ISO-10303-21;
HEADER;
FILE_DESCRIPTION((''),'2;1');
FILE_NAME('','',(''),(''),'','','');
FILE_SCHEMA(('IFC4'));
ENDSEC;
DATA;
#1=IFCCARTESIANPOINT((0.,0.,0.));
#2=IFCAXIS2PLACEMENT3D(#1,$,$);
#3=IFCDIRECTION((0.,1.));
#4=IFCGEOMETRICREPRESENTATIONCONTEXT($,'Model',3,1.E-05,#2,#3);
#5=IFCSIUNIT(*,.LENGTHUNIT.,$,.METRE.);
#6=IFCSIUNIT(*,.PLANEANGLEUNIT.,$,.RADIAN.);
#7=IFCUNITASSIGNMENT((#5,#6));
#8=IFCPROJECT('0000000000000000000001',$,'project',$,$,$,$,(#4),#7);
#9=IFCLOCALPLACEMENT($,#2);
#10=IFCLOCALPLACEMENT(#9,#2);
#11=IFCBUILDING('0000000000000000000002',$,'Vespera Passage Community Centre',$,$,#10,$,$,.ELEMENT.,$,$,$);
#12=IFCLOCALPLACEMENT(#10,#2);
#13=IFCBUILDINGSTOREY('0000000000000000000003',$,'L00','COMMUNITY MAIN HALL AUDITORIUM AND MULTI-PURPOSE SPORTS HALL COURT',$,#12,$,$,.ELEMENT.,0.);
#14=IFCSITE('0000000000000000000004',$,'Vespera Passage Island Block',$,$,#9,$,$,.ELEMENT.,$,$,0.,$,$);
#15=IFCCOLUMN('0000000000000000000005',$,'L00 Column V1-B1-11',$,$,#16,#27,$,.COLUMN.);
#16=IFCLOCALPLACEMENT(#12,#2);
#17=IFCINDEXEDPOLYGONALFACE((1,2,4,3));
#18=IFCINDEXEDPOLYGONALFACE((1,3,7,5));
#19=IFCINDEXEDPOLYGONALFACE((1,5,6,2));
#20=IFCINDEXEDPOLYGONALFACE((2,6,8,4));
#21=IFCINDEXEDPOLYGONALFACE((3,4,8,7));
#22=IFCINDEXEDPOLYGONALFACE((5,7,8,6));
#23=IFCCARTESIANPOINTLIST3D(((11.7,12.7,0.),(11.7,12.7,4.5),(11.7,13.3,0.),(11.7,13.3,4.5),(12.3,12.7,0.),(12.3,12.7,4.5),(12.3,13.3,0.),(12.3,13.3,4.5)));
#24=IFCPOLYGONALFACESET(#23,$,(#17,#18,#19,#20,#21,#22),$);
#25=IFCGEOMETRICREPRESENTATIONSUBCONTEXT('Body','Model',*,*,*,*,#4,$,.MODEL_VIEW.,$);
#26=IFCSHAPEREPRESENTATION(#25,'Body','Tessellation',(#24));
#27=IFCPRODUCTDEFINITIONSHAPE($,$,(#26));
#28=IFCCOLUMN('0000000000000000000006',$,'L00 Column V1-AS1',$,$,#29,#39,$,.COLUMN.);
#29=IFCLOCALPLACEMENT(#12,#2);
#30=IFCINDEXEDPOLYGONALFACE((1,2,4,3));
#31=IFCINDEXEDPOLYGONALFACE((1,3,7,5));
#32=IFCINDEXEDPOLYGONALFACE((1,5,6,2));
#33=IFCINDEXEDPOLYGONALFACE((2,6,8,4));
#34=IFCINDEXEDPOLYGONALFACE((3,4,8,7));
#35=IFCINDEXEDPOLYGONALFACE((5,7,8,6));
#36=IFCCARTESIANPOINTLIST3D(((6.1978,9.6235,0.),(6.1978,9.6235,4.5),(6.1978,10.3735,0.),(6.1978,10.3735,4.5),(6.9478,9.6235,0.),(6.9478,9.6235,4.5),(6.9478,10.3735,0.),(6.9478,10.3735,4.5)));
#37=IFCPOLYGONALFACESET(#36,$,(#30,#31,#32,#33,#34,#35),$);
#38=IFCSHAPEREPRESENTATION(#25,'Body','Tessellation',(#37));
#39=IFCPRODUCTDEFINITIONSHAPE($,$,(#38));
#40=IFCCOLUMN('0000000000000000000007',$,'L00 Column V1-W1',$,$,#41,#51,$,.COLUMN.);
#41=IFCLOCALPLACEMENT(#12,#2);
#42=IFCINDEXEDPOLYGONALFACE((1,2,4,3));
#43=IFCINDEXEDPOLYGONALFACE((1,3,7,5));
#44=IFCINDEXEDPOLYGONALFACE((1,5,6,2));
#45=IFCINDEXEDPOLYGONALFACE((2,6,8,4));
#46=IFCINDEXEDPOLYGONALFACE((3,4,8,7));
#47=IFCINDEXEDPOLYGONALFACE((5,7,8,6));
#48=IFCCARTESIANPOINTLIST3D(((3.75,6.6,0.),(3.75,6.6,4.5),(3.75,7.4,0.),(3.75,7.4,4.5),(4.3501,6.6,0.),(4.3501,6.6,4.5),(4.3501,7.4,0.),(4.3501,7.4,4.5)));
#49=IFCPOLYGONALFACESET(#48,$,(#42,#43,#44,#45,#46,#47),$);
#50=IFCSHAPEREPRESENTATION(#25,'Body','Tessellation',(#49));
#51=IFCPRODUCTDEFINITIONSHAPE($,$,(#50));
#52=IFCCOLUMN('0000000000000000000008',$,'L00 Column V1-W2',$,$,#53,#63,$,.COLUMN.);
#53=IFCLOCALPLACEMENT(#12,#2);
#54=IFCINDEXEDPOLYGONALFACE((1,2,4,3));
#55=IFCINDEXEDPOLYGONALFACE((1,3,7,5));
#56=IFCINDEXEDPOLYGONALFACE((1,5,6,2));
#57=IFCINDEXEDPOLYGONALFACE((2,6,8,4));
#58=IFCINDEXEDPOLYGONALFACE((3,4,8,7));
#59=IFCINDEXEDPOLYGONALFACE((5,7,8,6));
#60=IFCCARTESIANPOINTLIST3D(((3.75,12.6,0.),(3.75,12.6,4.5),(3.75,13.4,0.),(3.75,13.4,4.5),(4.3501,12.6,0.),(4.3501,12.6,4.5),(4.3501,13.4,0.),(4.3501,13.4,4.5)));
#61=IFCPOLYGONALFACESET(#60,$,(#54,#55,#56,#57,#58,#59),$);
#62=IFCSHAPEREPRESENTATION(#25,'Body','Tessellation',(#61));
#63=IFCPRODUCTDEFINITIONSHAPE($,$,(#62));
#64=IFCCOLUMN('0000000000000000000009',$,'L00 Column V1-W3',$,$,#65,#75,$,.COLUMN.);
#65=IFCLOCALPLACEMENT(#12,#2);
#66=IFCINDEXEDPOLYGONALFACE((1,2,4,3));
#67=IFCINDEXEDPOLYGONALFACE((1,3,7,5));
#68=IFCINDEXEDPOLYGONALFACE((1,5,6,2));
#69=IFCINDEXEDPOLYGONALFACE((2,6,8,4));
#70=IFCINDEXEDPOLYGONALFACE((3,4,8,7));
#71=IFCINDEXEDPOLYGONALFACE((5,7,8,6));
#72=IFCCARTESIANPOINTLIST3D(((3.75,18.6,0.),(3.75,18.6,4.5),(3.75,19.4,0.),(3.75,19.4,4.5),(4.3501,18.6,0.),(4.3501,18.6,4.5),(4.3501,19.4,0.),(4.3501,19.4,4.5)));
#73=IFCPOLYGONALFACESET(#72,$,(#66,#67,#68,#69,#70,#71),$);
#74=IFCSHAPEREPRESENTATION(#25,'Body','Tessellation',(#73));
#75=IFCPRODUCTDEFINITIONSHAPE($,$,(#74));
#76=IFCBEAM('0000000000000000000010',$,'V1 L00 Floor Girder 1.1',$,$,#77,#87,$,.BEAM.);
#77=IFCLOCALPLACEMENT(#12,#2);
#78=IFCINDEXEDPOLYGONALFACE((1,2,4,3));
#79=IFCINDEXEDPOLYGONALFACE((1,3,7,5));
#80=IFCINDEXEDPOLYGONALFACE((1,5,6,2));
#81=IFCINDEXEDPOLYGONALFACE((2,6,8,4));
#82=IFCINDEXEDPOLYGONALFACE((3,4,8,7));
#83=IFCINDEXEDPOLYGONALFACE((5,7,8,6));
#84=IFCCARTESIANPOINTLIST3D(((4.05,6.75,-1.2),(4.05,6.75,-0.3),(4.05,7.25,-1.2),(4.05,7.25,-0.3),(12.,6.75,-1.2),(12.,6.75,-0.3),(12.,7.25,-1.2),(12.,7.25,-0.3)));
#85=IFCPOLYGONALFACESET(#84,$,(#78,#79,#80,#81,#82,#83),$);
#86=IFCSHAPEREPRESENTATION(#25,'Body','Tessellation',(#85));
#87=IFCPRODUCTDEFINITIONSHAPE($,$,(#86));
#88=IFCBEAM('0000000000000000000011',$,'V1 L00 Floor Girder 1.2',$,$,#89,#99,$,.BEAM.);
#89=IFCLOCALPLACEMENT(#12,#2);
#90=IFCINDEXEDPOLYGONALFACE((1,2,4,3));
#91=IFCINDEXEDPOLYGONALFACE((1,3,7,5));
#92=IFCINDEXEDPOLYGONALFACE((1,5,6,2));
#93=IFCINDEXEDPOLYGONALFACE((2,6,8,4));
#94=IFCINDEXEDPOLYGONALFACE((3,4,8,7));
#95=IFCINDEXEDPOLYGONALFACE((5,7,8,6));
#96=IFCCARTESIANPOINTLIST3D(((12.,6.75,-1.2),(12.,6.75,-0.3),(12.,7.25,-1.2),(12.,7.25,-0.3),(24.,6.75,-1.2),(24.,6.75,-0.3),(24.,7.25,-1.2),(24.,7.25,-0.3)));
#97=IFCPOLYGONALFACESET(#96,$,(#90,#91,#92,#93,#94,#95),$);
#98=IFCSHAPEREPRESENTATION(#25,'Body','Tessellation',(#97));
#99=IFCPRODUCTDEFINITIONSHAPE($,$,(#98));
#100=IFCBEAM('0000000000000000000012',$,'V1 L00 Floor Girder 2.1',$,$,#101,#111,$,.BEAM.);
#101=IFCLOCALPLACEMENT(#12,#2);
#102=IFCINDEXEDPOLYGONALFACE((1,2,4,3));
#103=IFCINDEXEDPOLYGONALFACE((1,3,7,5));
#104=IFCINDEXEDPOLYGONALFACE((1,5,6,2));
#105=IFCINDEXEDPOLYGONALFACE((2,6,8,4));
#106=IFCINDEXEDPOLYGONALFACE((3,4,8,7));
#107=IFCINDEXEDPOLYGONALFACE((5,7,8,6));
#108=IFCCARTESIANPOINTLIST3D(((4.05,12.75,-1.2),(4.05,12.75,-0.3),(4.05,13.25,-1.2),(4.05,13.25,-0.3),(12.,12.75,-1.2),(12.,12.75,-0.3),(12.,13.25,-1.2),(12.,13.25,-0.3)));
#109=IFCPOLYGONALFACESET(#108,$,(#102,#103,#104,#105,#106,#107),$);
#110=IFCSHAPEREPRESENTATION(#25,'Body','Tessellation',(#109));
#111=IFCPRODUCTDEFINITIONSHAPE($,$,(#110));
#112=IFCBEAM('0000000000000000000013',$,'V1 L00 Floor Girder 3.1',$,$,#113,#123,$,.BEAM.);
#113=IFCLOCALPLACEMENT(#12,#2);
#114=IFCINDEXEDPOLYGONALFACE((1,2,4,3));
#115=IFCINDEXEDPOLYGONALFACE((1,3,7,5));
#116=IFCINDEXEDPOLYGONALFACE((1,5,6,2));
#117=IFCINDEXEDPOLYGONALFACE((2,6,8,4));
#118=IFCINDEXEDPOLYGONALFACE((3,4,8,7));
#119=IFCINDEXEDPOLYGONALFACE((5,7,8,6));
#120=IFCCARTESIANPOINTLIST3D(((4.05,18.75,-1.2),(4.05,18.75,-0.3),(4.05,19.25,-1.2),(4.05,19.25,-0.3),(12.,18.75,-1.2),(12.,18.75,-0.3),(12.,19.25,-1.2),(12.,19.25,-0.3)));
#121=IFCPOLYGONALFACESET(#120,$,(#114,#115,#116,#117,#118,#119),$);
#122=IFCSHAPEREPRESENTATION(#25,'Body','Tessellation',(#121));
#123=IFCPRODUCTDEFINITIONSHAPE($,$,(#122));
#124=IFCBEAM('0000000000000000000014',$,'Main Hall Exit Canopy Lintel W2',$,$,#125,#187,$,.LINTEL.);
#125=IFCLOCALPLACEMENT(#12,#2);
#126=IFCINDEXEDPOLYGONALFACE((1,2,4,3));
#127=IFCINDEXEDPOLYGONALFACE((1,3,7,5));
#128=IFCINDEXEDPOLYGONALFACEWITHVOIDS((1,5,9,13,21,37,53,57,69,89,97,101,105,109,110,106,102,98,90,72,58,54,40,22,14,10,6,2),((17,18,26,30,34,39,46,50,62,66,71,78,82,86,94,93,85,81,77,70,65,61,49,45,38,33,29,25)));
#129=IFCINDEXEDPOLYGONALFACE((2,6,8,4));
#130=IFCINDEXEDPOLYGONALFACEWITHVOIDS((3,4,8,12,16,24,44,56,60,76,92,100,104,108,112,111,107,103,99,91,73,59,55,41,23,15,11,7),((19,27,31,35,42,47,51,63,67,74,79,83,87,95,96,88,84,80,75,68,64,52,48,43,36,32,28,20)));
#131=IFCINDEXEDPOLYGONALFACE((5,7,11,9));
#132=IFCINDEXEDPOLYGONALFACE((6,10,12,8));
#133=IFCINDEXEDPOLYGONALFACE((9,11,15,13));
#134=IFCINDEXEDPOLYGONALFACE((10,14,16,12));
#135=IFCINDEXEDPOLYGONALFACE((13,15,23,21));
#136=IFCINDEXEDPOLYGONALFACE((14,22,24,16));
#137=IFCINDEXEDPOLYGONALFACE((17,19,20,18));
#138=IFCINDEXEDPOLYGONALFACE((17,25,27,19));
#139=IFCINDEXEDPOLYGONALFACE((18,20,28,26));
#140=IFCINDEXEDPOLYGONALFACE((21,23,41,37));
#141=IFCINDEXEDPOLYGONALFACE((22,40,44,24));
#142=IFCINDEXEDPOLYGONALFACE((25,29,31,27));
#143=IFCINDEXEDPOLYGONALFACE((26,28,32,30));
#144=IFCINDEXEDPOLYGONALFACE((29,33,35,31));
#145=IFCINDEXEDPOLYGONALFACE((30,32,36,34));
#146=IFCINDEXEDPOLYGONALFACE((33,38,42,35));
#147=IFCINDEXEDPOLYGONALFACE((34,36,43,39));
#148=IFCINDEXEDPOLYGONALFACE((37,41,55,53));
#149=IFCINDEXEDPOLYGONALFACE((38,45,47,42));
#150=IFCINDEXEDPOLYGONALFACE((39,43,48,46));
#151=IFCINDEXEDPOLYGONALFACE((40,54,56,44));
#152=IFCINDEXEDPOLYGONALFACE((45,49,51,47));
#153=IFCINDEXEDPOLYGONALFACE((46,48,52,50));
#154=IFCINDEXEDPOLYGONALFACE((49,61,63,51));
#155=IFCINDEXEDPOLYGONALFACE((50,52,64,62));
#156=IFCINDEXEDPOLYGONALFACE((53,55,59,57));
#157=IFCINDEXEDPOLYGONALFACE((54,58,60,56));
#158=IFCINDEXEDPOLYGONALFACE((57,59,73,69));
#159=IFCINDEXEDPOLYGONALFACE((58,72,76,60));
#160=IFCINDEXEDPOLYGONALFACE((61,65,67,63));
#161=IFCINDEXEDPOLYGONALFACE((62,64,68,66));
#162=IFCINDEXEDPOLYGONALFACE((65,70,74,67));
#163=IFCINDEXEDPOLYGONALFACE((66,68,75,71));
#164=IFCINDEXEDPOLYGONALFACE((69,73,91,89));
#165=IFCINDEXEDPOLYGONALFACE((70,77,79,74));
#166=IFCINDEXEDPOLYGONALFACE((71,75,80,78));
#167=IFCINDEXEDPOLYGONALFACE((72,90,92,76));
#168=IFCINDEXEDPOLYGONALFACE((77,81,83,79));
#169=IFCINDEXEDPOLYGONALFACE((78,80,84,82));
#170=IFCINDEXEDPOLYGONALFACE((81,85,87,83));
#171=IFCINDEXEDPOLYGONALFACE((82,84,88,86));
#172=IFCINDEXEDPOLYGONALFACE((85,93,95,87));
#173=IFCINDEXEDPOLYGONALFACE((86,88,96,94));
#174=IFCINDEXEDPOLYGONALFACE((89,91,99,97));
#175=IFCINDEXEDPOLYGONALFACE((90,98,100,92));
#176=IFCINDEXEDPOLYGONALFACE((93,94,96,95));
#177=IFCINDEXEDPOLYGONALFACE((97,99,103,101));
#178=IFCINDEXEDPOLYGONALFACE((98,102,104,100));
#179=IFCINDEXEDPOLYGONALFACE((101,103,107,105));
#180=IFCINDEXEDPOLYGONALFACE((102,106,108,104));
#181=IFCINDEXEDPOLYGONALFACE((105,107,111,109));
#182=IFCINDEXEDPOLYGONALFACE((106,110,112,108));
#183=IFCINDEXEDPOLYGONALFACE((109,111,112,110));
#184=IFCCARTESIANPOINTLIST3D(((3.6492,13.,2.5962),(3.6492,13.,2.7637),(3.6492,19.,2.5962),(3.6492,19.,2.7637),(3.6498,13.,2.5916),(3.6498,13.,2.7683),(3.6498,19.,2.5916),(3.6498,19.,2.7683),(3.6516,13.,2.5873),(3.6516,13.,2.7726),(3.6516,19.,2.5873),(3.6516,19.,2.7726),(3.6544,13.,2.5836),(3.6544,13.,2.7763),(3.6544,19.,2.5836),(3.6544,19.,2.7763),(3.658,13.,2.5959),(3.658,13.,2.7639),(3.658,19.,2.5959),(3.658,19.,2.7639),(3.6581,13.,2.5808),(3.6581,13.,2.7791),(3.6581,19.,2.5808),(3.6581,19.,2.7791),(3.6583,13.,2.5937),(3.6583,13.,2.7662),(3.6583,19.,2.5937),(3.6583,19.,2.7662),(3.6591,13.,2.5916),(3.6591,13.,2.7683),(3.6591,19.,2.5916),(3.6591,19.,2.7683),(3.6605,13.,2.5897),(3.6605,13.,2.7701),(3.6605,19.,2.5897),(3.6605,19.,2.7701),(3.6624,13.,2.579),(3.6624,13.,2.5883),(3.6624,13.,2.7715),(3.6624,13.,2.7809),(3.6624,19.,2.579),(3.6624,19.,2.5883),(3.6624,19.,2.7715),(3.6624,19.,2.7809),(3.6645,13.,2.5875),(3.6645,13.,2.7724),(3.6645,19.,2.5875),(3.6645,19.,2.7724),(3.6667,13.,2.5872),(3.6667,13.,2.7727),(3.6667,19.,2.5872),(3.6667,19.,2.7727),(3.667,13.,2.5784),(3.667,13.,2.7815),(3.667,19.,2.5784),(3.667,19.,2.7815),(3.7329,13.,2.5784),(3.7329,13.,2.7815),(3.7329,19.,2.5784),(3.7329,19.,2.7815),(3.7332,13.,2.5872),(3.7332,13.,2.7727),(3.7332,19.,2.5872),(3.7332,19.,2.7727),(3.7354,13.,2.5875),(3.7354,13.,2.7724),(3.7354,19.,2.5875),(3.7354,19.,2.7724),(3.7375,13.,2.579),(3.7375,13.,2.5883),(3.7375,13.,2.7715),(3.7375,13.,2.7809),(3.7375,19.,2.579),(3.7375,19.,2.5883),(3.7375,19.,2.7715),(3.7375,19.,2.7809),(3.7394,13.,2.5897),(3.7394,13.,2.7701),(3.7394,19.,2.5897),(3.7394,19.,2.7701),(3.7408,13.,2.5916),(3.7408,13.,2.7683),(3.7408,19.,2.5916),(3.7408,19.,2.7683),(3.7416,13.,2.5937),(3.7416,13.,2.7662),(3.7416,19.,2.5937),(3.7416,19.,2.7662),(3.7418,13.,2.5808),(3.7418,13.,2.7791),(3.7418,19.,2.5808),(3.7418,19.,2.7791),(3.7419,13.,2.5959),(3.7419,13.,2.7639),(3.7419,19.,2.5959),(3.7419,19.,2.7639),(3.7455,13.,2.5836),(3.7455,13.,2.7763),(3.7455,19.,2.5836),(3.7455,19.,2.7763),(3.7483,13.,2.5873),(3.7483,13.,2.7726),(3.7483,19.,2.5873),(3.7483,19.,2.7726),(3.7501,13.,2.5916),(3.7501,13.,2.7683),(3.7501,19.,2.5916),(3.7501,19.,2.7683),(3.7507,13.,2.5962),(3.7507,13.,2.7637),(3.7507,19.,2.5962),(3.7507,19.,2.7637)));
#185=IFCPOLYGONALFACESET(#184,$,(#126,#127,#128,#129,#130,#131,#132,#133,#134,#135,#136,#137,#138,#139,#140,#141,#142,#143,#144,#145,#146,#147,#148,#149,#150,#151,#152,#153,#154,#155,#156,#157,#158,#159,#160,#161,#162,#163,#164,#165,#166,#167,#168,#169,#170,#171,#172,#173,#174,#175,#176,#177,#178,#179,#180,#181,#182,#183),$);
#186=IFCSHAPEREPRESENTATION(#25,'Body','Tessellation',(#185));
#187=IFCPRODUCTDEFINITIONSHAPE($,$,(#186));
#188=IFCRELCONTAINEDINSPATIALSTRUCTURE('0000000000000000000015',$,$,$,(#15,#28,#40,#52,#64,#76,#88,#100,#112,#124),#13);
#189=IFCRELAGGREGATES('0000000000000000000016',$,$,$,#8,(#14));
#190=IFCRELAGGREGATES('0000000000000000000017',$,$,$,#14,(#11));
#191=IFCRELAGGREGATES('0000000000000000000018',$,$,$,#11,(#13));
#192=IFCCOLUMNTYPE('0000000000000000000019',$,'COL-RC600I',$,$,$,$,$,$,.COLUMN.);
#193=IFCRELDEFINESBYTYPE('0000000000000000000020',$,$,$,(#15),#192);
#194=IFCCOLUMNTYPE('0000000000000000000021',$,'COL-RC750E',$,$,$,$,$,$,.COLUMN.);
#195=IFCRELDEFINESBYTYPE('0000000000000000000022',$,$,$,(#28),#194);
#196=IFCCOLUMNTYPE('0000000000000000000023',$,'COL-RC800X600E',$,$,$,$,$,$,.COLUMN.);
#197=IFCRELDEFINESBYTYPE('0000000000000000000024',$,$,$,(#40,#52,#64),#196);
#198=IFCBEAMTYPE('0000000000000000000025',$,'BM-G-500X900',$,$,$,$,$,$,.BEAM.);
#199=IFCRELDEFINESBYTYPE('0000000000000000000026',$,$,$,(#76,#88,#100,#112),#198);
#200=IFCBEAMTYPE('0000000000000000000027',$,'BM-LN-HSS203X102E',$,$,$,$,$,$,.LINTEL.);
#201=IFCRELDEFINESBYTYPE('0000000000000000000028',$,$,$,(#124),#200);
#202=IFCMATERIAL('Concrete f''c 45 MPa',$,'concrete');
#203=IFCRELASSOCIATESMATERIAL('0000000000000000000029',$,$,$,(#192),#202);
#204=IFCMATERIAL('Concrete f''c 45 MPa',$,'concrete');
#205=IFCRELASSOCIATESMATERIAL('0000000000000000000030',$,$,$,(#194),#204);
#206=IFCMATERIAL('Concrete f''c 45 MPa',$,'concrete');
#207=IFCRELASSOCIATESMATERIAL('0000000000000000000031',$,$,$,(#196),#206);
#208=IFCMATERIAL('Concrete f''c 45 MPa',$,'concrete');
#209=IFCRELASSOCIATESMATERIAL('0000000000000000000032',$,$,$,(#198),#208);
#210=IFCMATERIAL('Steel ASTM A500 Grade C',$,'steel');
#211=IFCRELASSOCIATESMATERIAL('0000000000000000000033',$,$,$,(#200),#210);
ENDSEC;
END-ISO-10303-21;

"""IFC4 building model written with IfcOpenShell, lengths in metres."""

from ifc_helpers import new_model, si_unit, direction, frame, origin, origin_2d, place, context, subcontext, project, spatial, rectangle, hollow_rectangle, extrude, material, material_profile, profile_set, type_object, element, save


model = new_model("IFC4")

# Units and contexts
model_context = context("Model", 3, precision=1e-05, world=origin(), true_north=direction((0.0, 1.0)))
body_context = subcontext(model_context, "Body", "Model", "MODEL_VIEW")
ifc_project = project(units=[si_unit("LENGTHUNIT", "METRE"), si_unit("PLANEANGLEUNIT", "RADIAN")], contexts=[model_context])

# Site, building, storey
site_placement = place(None, origin())
site = spatial("IfcSite", under=ifc_project, at=site_placement, Name="Vespera Passage Island Block", CompositionType="ELEMENT", RefElevation=0.0)
building_placement = place(site_placement, origin())
building = spatial("IfcBuilding", under=site, at=building_placement, Name="Vespera Passage Community Centre", CompositionType="ELEMENT")
storey_placement = place(building_placement, origin())
storey = spatial("IfcBuildingStorey", under=building, at=storey_placement, Name="L00", Description="COMMUNITY MAIN HALL AUDITORIUM AND MULTI-PURPOSE SPORTS HALL COURT", CompositionType="ELEMENT", Elevation=0.0)

# Columns
ifc_material_1 = material(Name="Concrete f'c 45 MPa", Category="concrete")
ifc_material_profile_1 = material_profile(ifc_material_1, rectangle(XDim=0.6001, YDim=0.6001, at=origin_2d()), Name="RC600X600")
ifc_profile_set_1 = profile_set([ifc_material_profile_1], Name="Concrete f'c 45 MPa")
column_type_1 = type_object("IfcColumnType", Name="COL-RC600I", PredefinedType="COLUMN", material=ifc_profile_set_1)
column_1_placement = place(storey_placement, frame((12.0, 13.0, 0.0), z_axis=(0.0, 0.0, 1.0), x_axis=(1.0, 0.0, 0.0)))
element("IfcColumn", 1, at=column_1_placement, inside=storey, type_object=column_type_1, Name="L00 Column V1-B1-11", PredefinedType="COLUMN", context=body_context, shape_type="SweptSolid", body=[
    extrude(rectangle(XDim=0.6001, YDim=0.6001, at=origin_2d()), origin(), (0.0, 0.0, 1.0), 4.5),
])
ifc_material_2 = material(Name="Concrete f'c 45 MPa", Category="concrete")
ifc_material_profile_2 = material_profile(ifc_material_2, rectangle(XDim=0.75, YDim=0.75, at=origin_2d()), Name="RC750X750")
ifc_profile_set_2 = profile_set([ifc_material_profile_2], Name="Concrete f'c 45 MPa")
column_type_2 = type_object("IfcColumnType", Name="COL-RC750E", PredefinedType="COLUMN", material=ifc_profile_set_2)
column_2_placement = place(storey_placement, frame((6.5728, 9.9985, 0.0), z_axis=(0.0, 0.0, 1.0), x_axis=(1.0, 0.0, 0.0)))
element("IfcColumn", 2, at=column_2_placement, inside=storey, type_object=column_type_2, Name="L00 Column V1-AS1", PredefinedType="COLUMN", context=body_context, shape_type="SweptSolid", body=[
    extrude(rectangle(XDim=0.75, YDim=0.75, at=origin_2d()), origin(), (0.0, 0.0, 1.0), 4.5),
])
ifc_material_3 = material(Name="Concrete f'c 45 MPa", Category="concrete")
ifc_material_profile_3 = material_profile(ifc_material_3, rectangle(XDim=0.6001, YDim=0.8, at=origin_2d()), Name="RC800X600")
ifc_profile_set_3 = profile_set([ifc_material_profile_3], Name="Concrete f'c 45 MPa")
column_type_3 = type_object("IfcColumnType", Name="COL-RC800X600E", PredefinedType="COLUMN", material=ifc_profile_set_3)
for number, where, z_axis, x_axis, name in (
    (3, (4.05, 7.0, 0.0), (0.0, 0.0, 1.0), (1.0, 0.0, 0.0), "L00 Column V1-W1"),
    (4, (4.05, 13.0, 0.0), (0.0, 0.0, 1.0), (1.0, 0.0, 0.0), "L00 Column V1-W2"),
    (5, (4.05, 19.0, 0.0), (0.0, 0.0, 1.0), (1.0, 0.0, 0.0), "L00 Column V1-W3"),
):
    element("IfcColumn", number, at=place(storey_placement, frame(where, z_axis=z_axis, x_axis=x_axis)), inside=storey, type_object=column_type_3, Name=name, PredefinedType="COLUMN", context=body_context, shape_type="SweptSolid", body=[
        extrude(rectangle(XDim=0.6001, YDim=0.8, at=origin_2d()), origin(), (0.0, 0.0, 1.0), 4.5),
    ])

# Beams
ifc_material_4 = material(Name="Concrete f'c 45 MPa", Category="concrete")
ifc_material_profile_4 = material_profile(ifc_material_4, rectangle(XDim=0.5, YDim=0.8999, at=origin_2d()), Name="RC500X900")
ifc_profile_set_4 = profile_set([ifc_material_profile_4], Name="Concrete f'c 45 MPa")
beam_type_1 = type_object("IfcBeamType", Name="BM-G-500X900", PredefinedType="BEAM", material=ifc_profile_set_4)
beam_1_placement = place(storey_placement, frame((4.05, 7.0, -0.75), z_axis=(1.0, 0.0, 0.0), x_axis=(0.0, 1.0, 0.0)))
element("IfcBeam", 6, at=beam_1_placement, inside=storey, type_object=beam_type_1, Name="V1 L00 Floor Girder 1.1", PredefinedType="BEAM", context=body_context, shape_type="SweptSolid", body=[
    extrude(rectangle(XDim=0.5, YDim=0.8999, at=origin_2d()), origin(), (0.0, 0.0, 1.0), 7.95),
])
beam_2_placement = place(storey_placement, frame((12.0, 7.0, -0.75), z_axis=(1.0, 0.0, 0.0), x_axis=(0.0, 1.0, 0.0)))
element("IfcBeam", 7, at=beam_2_placement, inside=storey, type_object=beam_type_1, Name="V1 L00 Floor Girder 1.2", PredefinedType="BEAM", context=body_context, shape_type="SweptSolid", body=[
    extrude(rectangle(XDim=0.5, YDim=0.8999, at=origin_2d()), origin(), (0.0, 0.0, 1.0), 12.0),
])
for number, where, z_axis, x_axis, name in (
    (8, (4.05, 13.0, -0.75), (1.0, 0.0, 0.0), (0.0, 1.0, 0.0), "V1 L00 Floor Girder 2.1"),
    (9, (4.05, 19.0, -0.75), (1.0, 0.0, 0.0), (0.0, 1.0, 0.0), "V1 L00 Floor Girder 3.1"),
):
    element("IfcBeam", number, at=place(storey_placement, frame(where, z_axis=z_axis, x_axis=x_axis)), inside=storey, type_object=beam_type_1, Name=name, PredefinedType="BEAM", context=body_context, shape_type="SweptSolid", body=[
        extrude(rectangle(XDim=0.5, YDim=0.8999, at=origin_2d()), origin(), (0.0, 0.0, 1.0), 7.95),
    ])
ifc_material_5 = material(Name="Steel ASTM A500 Grade C", Category="steel")
ifc_material_profile_5 = material_profile(ifc_material_5, hollow_rectangle(XDim=0.1016, YDim=0.2031, WallThickness=0.0088, InnerFilletRadius=0.0088, OuterFilletRadius=0.0178, at=origin_2d()), Name="HSS203X102X9.5")
ifc_profile_set_5 = profile_set([ifc_material_profile_5], Name="Steel ASTM A500 Grade C")
beam_type_2 = type_object("IfcBeamType", Name="BM-LN-HSS203X102E", PredefinedType="LINTEL", material=ifc_profile_set_5)
for number, where, z_axis, x_axis, name in (
    (10, (3.7, 13.0, 2.6799), (0.0, 1.0, 0.0), (-1.0, 0.0, 0.0), "Main Hall Exit Canopy Lintel W2"),
):
    element("IfcBeam", number, at=place(storey_placement, frame(where, z_axis=z_axis, x_axis=x_axis)), inside=storey, type_object=beam_type_2, Name=name, PredefinedType="LINTEL", context=body_context, shape_type="SweptSolid", body=[
        extrude(hollow_rectangle(XDim=0.1016, YDim=0.2031, WallThickness=0.0088, InnerFilletRadius=0.0088, OuterFilletRadius=0.0178, at=origin_2d()), origin(), (0.0, 0.0, 1.0), 6.0),
    ])

save(model, "model.ifc")
